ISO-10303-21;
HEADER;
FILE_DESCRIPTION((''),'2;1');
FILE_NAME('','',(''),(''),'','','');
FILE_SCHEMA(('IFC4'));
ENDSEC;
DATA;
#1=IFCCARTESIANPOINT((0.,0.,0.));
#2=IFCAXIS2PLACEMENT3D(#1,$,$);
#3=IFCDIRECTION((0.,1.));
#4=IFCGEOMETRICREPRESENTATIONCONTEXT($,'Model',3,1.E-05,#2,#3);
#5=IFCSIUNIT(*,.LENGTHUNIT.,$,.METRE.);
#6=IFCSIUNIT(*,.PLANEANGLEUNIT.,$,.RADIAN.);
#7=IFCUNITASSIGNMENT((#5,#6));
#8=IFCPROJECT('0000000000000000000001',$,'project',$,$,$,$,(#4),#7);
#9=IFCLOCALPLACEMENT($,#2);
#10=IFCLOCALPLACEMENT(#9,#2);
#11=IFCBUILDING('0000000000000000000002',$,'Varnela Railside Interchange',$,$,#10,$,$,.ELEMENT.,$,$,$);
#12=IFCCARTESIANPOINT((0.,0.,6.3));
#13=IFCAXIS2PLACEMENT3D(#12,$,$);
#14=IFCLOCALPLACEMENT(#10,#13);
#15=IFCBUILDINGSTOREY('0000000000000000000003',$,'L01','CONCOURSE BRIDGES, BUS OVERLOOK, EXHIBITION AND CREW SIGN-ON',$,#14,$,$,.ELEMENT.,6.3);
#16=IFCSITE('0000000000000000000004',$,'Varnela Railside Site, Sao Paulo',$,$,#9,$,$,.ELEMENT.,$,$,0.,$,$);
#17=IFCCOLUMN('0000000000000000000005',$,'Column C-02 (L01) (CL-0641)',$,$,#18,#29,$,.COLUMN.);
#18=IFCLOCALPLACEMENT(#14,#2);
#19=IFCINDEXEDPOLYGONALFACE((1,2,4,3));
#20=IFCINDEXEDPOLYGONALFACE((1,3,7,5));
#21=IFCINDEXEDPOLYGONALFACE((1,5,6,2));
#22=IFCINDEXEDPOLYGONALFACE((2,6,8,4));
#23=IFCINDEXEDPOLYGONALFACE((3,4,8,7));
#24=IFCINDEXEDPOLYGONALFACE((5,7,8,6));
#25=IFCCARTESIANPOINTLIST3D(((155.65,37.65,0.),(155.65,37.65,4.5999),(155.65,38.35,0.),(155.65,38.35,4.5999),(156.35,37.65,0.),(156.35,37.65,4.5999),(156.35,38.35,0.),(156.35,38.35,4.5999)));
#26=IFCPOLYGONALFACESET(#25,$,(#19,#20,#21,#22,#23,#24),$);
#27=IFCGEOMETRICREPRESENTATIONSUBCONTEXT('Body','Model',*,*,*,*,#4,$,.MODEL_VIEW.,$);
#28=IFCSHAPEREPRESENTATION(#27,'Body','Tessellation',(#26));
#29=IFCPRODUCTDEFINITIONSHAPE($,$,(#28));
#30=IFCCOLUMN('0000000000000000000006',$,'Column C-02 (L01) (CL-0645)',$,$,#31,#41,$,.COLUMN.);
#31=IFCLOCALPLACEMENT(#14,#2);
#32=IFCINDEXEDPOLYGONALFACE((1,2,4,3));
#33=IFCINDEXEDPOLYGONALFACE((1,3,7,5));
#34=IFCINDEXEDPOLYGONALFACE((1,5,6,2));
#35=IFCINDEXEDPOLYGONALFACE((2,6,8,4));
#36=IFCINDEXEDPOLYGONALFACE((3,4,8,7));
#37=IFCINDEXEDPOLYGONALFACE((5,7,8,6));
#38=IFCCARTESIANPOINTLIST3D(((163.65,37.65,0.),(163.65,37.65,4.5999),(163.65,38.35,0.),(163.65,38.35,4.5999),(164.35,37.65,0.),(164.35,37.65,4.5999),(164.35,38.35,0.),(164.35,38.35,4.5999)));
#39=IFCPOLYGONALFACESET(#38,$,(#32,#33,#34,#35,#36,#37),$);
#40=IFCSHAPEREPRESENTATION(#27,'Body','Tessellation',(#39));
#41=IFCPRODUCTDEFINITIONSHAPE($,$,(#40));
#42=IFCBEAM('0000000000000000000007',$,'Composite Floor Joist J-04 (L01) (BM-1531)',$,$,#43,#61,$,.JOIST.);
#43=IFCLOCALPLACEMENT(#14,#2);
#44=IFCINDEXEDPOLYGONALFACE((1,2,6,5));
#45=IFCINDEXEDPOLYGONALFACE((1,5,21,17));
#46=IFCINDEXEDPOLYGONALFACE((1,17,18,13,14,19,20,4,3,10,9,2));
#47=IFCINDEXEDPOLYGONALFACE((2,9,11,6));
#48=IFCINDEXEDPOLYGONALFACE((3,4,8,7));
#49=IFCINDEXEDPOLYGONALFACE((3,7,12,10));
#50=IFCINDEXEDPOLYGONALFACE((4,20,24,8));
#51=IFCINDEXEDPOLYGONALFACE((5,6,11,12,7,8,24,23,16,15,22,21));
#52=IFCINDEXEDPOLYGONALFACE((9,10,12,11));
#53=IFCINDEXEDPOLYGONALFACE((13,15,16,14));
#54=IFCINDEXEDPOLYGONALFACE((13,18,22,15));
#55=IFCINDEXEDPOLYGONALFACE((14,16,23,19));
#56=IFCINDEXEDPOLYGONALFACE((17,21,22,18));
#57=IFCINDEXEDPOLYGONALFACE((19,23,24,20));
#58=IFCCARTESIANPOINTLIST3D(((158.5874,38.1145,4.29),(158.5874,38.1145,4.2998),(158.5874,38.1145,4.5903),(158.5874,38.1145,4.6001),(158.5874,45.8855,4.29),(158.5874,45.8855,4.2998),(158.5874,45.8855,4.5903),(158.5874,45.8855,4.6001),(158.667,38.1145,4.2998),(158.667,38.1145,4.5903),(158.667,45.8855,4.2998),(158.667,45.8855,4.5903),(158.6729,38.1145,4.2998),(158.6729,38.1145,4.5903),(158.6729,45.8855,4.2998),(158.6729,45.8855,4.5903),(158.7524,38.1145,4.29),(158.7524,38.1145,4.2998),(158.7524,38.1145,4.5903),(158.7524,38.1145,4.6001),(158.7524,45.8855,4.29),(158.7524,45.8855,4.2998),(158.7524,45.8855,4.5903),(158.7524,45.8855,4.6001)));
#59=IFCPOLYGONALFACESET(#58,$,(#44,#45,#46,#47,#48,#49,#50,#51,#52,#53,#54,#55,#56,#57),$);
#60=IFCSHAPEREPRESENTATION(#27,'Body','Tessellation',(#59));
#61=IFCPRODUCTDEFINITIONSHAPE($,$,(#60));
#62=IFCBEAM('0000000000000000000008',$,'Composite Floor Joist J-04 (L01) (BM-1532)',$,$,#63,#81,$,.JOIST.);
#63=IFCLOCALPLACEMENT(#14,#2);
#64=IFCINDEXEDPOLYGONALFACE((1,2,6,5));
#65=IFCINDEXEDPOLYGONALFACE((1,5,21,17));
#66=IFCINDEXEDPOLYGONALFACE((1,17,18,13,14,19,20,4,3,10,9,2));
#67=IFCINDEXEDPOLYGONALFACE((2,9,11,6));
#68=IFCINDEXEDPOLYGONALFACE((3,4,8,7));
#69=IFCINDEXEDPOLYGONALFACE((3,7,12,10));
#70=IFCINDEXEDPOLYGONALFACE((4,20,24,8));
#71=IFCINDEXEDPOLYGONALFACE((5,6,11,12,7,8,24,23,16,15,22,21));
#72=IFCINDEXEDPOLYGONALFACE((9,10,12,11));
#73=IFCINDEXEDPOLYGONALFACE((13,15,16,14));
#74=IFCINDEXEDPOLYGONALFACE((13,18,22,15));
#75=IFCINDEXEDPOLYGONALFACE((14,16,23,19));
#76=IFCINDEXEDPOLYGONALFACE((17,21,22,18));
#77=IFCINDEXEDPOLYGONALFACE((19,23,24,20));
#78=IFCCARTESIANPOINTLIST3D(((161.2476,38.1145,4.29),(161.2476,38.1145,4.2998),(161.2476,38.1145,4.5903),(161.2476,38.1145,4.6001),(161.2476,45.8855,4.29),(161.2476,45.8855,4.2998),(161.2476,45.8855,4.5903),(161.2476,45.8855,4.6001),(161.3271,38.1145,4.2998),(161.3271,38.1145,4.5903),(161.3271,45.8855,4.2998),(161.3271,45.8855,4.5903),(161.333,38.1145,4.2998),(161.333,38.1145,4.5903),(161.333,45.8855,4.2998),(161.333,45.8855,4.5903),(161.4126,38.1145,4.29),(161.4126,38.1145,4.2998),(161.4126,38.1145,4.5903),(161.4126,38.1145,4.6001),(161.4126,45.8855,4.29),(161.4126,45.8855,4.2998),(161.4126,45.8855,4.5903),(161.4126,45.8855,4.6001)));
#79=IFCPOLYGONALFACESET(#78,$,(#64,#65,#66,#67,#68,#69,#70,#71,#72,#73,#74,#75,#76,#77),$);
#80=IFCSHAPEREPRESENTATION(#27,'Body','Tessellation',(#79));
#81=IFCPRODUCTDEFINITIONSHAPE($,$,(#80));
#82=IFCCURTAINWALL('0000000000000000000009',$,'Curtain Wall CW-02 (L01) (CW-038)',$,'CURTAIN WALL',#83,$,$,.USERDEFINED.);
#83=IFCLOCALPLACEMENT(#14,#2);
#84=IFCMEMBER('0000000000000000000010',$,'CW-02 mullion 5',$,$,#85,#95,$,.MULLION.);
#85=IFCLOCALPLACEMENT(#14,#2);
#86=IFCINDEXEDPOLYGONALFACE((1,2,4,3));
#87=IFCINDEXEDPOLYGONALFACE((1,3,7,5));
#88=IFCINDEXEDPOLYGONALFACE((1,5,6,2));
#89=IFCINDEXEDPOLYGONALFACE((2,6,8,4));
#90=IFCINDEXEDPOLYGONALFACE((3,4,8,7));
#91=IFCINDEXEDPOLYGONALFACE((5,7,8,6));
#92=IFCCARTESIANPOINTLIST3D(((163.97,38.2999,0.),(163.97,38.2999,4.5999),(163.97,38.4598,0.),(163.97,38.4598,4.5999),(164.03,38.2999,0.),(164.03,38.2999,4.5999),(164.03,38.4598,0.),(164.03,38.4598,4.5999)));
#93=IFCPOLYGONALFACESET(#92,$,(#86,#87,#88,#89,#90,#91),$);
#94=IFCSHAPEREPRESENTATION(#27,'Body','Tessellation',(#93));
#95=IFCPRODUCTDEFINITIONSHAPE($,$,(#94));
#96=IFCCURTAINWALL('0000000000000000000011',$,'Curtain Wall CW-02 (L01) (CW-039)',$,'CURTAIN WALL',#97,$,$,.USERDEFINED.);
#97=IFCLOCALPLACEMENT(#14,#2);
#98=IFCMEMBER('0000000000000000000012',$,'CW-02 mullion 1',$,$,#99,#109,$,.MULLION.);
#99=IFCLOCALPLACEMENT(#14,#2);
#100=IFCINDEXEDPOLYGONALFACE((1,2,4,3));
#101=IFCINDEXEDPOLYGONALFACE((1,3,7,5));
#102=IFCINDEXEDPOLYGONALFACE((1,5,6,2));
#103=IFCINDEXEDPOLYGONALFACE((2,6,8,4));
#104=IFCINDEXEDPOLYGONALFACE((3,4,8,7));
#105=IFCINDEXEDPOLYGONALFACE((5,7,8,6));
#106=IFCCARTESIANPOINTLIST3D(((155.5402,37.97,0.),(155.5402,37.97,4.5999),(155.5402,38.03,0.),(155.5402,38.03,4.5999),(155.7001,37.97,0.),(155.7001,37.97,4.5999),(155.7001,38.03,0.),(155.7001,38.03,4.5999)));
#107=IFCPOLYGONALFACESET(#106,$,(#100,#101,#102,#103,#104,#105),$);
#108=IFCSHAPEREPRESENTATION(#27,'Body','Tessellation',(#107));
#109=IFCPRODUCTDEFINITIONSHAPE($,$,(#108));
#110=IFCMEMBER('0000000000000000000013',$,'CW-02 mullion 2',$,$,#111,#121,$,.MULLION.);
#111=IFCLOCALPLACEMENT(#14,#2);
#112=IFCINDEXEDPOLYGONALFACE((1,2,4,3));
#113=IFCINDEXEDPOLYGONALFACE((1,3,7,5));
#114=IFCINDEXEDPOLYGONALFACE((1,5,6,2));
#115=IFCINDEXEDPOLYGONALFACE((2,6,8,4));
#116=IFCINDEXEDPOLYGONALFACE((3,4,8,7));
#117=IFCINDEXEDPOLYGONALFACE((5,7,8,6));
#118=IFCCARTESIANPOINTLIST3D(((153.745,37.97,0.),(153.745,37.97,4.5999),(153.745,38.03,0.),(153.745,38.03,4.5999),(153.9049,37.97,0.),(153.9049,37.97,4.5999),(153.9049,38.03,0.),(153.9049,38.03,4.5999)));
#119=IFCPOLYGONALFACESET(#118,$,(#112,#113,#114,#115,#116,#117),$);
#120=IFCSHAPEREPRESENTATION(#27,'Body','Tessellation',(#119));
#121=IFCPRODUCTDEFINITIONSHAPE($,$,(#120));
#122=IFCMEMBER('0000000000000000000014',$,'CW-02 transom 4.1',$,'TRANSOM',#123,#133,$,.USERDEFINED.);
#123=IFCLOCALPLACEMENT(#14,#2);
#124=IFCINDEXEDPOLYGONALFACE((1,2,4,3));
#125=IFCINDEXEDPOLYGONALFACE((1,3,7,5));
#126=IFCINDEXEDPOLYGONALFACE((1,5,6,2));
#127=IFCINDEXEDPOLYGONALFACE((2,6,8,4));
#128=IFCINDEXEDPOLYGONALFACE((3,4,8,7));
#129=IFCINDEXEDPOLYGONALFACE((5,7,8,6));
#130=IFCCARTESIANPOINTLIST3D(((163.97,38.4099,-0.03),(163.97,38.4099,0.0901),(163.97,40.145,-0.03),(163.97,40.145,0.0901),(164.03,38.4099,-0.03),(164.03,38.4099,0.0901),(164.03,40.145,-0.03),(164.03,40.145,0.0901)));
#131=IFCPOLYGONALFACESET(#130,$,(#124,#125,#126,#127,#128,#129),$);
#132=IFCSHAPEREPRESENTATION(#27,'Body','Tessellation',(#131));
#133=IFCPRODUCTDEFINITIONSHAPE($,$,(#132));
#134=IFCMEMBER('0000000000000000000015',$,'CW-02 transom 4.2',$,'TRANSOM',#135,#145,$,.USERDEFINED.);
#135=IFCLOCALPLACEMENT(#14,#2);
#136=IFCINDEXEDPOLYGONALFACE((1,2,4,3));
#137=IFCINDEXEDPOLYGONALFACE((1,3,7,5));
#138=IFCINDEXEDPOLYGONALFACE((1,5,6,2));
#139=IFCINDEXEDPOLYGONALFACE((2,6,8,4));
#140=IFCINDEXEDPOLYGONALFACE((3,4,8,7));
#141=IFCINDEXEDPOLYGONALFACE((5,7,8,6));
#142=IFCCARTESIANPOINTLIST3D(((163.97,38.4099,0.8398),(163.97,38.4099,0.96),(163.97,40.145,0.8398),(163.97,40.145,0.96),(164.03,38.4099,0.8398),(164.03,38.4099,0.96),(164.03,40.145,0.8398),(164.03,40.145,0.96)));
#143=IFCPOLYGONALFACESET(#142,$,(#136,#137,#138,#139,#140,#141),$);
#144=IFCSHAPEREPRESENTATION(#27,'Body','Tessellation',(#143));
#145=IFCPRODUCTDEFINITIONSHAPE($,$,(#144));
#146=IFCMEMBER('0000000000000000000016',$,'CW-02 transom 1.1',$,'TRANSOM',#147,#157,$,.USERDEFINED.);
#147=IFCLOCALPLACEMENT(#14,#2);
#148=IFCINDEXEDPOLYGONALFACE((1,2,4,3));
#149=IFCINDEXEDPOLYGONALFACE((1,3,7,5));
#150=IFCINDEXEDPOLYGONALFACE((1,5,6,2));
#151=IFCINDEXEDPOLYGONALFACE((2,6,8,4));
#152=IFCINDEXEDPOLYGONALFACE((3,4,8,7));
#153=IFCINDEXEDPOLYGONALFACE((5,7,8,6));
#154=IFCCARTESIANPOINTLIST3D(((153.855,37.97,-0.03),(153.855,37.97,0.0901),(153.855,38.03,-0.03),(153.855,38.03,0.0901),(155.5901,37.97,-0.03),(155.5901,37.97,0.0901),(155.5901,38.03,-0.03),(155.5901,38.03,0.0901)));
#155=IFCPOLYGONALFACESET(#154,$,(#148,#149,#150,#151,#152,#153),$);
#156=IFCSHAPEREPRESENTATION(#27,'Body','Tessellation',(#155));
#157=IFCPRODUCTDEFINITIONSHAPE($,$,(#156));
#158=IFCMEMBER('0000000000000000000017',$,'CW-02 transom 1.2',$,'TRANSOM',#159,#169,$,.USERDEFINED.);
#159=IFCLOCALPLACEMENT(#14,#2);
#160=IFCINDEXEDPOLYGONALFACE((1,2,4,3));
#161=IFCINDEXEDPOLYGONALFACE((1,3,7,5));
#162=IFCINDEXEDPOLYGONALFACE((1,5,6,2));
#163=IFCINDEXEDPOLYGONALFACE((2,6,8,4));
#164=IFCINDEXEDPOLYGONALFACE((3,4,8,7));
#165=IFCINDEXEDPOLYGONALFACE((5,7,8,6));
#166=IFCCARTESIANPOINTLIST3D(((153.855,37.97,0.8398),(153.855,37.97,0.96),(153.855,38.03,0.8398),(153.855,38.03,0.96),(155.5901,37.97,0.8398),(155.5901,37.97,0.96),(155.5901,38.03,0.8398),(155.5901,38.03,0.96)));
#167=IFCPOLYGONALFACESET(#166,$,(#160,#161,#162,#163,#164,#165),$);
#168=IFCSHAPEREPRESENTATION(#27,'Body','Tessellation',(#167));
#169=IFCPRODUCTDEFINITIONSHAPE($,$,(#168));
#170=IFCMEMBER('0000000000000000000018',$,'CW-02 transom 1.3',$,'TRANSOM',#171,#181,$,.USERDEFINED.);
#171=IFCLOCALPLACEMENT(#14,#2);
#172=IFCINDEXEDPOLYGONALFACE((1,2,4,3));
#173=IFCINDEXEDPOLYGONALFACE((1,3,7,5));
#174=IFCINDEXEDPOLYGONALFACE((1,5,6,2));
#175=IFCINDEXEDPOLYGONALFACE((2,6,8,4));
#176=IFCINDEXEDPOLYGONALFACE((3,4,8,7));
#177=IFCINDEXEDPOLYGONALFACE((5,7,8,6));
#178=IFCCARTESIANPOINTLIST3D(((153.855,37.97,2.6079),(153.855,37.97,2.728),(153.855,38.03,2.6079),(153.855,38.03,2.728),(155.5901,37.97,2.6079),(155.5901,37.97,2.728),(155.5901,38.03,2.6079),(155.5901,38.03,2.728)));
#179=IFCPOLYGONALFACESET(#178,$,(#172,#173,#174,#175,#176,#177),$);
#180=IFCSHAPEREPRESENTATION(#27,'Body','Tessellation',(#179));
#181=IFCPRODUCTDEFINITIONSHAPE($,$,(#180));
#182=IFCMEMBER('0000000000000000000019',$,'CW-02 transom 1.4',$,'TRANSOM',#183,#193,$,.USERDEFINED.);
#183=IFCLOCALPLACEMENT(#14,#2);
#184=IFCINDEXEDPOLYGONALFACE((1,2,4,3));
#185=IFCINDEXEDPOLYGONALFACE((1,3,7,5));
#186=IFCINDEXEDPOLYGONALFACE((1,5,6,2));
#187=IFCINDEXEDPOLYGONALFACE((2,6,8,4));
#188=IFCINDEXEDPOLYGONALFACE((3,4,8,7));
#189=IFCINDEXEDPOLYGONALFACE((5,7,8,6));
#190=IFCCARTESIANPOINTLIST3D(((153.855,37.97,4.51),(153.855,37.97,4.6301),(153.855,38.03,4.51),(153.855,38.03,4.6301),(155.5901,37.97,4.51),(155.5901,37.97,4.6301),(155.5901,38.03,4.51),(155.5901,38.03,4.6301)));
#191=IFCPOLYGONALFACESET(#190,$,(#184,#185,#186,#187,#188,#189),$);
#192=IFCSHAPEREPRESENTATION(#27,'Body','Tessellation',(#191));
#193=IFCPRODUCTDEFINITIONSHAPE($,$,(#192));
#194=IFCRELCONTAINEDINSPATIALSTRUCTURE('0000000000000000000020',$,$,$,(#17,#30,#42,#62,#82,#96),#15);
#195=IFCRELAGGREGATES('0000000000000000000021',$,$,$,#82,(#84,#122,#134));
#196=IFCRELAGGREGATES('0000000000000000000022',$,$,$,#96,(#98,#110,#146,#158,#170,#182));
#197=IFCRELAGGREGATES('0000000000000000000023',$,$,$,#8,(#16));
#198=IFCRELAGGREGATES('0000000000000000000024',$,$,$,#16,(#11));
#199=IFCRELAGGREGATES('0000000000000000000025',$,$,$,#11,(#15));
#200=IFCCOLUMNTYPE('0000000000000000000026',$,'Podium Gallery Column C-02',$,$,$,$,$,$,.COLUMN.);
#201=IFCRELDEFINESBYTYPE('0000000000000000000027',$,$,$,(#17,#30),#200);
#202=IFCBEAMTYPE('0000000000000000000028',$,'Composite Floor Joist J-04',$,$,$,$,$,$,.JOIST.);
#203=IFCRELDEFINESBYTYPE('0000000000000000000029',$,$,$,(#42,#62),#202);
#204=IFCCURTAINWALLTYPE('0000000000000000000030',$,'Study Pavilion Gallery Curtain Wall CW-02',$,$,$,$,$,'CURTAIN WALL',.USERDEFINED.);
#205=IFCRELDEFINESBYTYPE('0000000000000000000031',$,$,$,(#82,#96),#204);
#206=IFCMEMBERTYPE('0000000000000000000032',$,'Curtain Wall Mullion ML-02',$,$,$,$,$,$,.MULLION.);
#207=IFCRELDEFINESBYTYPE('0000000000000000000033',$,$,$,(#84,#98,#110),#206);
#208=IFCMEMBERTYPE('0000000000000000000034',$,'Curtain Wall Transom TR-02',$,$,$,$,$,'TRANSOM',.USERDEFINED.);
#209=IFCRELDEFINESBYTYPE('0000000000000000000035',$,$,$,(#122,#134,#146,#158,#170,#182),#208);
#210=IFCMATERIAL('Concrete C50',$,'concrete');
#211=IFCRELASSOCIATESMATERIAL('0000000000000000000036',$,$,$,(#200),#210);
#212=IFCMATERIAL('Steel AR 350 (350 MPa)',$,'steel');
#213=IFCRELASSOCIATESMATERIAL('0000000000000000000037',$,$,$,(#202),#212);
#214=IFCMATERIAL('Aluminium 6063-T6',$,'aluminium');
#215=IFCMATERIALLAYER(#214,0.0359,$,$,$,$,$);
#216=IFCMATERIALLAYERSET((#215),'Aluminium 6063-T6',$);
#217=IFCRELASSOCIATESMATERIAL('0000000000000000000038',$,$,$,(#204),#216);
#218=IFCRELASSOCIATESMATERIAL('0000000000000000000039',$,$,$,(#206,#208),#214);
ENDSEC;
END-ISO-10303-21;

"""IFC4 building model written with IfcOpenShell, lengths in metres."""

from ifc_helpers import new_model, si_unit, direction, frame, origin, origin_2d, place, context, subcontext, project, spatial, rectangle, i_section, extrude, material, layer, layer_set, material_profile, profile_set, type_object, element, aggregate, save


model = new_model("IFC4")

# Units and contexts
model_context = context("Model", 3, precision=1e-05, world=origin(), true_north=direction((0.0, 1.0)))
body_context = subcontext(model_context, "Body", "Model", "MODEL_VIEW")
ifc_project = project(units=[si_unit("LENGTHUNIT", "METRE"), si_unit("PLANEANGLEUNIT", "RADIAN")], contexts=[model_context])

# Site, building, storey
site_placement = place(None, origin())
site = spatial("IfcSite", under=ifc_project, at=site_placement, Name="Varnela Railside Site, Sao Paulo", CompositionType="ELEMENT", RefElevation=0.0)
building_placement = place(site_placement, origin())
building = spatial("IfcBuilding", under=site, at=building_placement, Name="Varnela Railside Interchange", CompositionType="ELEMENT")
storey_placement = place(building_placement, frame((0.0, 0.0, 6.3)))
storey = spatial("IfcBuildingStorey", under=building, at=storey_placement, Name="L01", Description="CONCOURSE BRIDGES, BUS OVERLOOK, EXHIBITION AND CREW SIGN-ON", CompositionType="ELEMENT", Elevation=6.3)

# Columns
ifc_material_1 = material(Name="Concrete C50", Category="concrete")
ifc_material_profile_1 = material_profile(ifc_material_1, rectangle(XDim=0.7, YDim=0.7, at=origin_2d()), Name="RC 700x700")
ifc_profile_set_1 = profile_set([ifc_material_profile_1], Name="Concrete C50")
column_type = type_object("IfcColumnType", Name="Podium Gallery Column C-02", PredefinedType="COLUMN", material=ifc_profile_set_1)
for number, where, z_axis, x_axis, name in (
    (1, (156.0, 38.0, 0.0), (0.0, 0.0, 1.0), (1.0, 0.0, 0.0), "Column C-02 (L01) (CL-0641)"),
    (2, (164.0, 38.0, 0.0), (0.0, 0.0, 1.0), (1.0, 0.0, 0.0), "Column C-02 (L01) (CL-0645)"),
):
    element("IfcColumn", number, at=place(storey_placement, frame(where, z_axis=z_axis, x_axis=x_axis)), inside=storey, type_object=column_type, Name=name, PredefinedType="COLUMN", context=body_context, shape_type="SweptSolid", body=[
        extrude(rectangle(XDim=0.7, YDim=0.7, at=origin_2d()), origin(), (0.0, 0.0, 1.0), 4.5999),
    ])

# Beams
ifc_material_2 = material(Name="Steel AR 350 (350 MPa)", Category="steel")
ifc_material_profile_2 = material_profile(ifc_material_2, i_section(OverallWidth=0.165, OverallDepth=0.3101, WebThickness=0.0059, FlangeThickness=0.0098, at=origin_2d()), Name="W310x38.7")
ifc_profile_set_2 = profile_set([ifc_material_profile_2], Name="Steel AR 350 (350 MPa)")
beam_type_1 = type_object("IfcBeamType", Name="Composite Floor Joist J-04", PredefinedType="JOIST", material=ifc_profile_set_2)
for number, where, z_axis, x_axis, name in (
    (3, (158.6699, 38.1145, 4.4451), (0.0, 1.0, 0.0), (-1.0, 0.0, 0.0), "Composite Floor Joist J-04 (L01) (BM-1531)"),
    (4, (161.3301, 38.1145, 4.4451), (0.0, 1.0, 0.0), (-1.0, 0.0, 0.0), "Composite Floor Joist J-04 (L01) (BM-1532)"),
):
    element("IfcBeam", number, at=place(storey_placement, frame(where, z_axis=z_axis, x_axis=x_axis)), inside=storey, type_object=beam_type_1, Name=name, PredefinedType="JOIST", context=body_context, shape_type="SweptSolid", body=[
        extrude(i_section(OverallWidth=0.165, OverallDepth=0.3101, WebThickness=0.0059, FlangeThickness=0.0098, at=origin_2d()), origin(), (0.0, 0.0, 1.0), 7.771),
    ])

# Curtain wall, member
ifc_material_3 = material(Name="Aluminium 6063-T6", Category="aluminium")
ifc_layer_1 = layer(ifc_material_3, 0.0359)
ifc_layer_set_1 = layer_set([ifc_layer_1], Name="Aluminium 6063-T6")
curtain_wall_type = type_object("IfcCurtainWallType", Name="Study Pavilion Gallery Curtain Wall CW-02", ElementType="CURTAIN WALL", PredefinedType="USERDEFINED", material=ifc_layer_set_1)
curtain_wall_1_placement = place(storey_placement, origin())
curtain_wall_1 = element("IfcCurtainWall", 5, at=curtain_wall_1_placement, inside=storey, type_object=curtain_wall_type, Name="Curtain Wall CW-02 (L01) (CW-038)", ObjectType="CURTAIN WALL", PredefinedType="USERDEFINED")
ifc_material_profile_3 = material_profile(ifc_material_3, rectangle(XDim=0.0601, YDim=0.1599, at=origin_2d()), Name="ALU 60x160")
ifc_profile_set_3 = profile_set([ifc_material_profile_3], Name="Aluminium 6063-T6")
member_type_1 = type_object("IfcMemberType", Name="Curtain Wall Mullion ML-02", PredefinedType="MULLION", material=ifc_profile_set_3)
member_1_placement = place(storey_placement, frame((164.0, 38.3799, 0.0), z_axis=(0.0, 0.0, 1.0), x_axis=(1.0, 0.0, 0.0)))
member_1 = element("IfcMember", 6, at=member_1_placement, type_object=member_type_1, Name="CW-02 mullion 5", PredefinedType="MULLION", context=body_context, shape_type="SweptSolid", body=[
    extrude(rectangle(XDim=0.0601, YDim=0.1599, at=origin_2d()), origin(), (0.0, 0.0, 1.0), 4.5999),
])

# Curtain wall, members
curtain_wall_2_placement = place(storey_placement, origin())
curtain_wall_2 = element("IfcCurtainWall", 7, at=curtain_wall_2_placement, inside=storey, type_object=curtain_wall_type, Name="Curtain Wall CW-02 (L01) (CW-039)", ObjectType="CURTAIN WALL", PredefinedType="USERDEFINED")
member_2_placement = place(storey_placement, frame((155.6201, 38.0, 0.0), z_axis=(0.0, 0.0, 1.0), x_axis=(0.0, -1.0, 0.0)))
member_2 = element("IfcMember", 8, at=member_2_placement, type_object=member_type_1, Name="CW-02 mullion 1", PredefinedType="MULLION", context=body_context, shape_type="SweptSolid", body=[
    extrude(rectangle(XDim=0.0601, YDim=0.1599, at=origin_2d()), origin(), (0.0, 0.0, 1.0), 4.5999),
])
member_3_placement = place(storey_placement, frame((153.825, 38.0, 0.0), z_axis=(0.0, 0.0, 1.0), x_axis=(0.0, -1.0, 0.0)))
member_3 = element("IfcMember", 9, at=member_3_placement, type_object=member_type_1, Name="CW-02 mullion 2", PredefinedType="MULLION", context=body_context, shape_type="SweptSolid", body=[
    extrude(rectangle(XDim=0.0601, YDim=0.1599, at=origin_2d()), origin(), (0.0, 0.0, 1.0), 4.5999),
])

# Members
ifc_material_profile_4 = material_profile(ifc_material_3, rectangle(XDim=0.0601, YDim=0.1201, at=origin_2d()), Name="ALU 60x120")
ifc_profile_set_4 = profile_set([ifc_material_profile_4], Name="Aluminium 6063-T6")
member_type_2 = type_object("IfcMemberType", Name="Curtain Wall Transom TR-02", ElementType="TRANSOM", PredefinedType="USERDEFINED", material=ifc_profile_set_4)
member_4_placement = place(storey_placement, frame((164.0, 40.145, 0.03), z_axis=(0.0, -1.0, 0.0), x_axis=(1.0, 0.0, 0.0)))
member_4 = element("IfcMember", 10, at=member_4_placement, type_object=member_type_2, Name="CW-02 transom 4.1", ObjectType="TRANSOM", PredefinedType="USERDEFINED", context=body_context, shape_type="SweptSolid", body=[
    extrude(rectangle(XDim=0.0601, YDim=0.1201, at=origin_2d()), origin(), (0.0, 0.0, 1.0), 1.7351),
])
member_5_placement = place(storey_placement, frame((164.0, 40.145, 0.8999), z_axis=(0.0, -1.0, 0.0), x_axis=(1.0, 0.0, 0.0)))
member_5 = element("IfcMember", 11, at=member_5_placement, type_object=member_type_2, Name="CW-02 transom 4.2", ObjectType="TRANSOM", PredefinedType="USERDEFINED", context=body_context, shape_type="SweptSolid", body=[
    extrude(rectangle(XDim=0.0601, YDim=0.1201, at=origin_2d()), origin(), (0.0, 0.0, 1.0), 1.7351),
])
member_6_placement = place(storey_placement, frame((155.5901, 38.0, 0.03), z_axis=(-1.0, 0.0, 0.0), x_axis=(0.0, -1.0, 0.0)))
member_6 = element("IfcMember", 12, at=member_6_placement, type_object=member_type_2, Name="CW-02 transom 1.1", ObjectType="TRANSOM", PredefinedType="USERDEFINED", context=body_context, shape_type="SweptSolid", body=[
    extrude(rectangle(XDim=0.0601, YDim=0.1201, at=origin_2d()), origin(), (0.0, 0.0, 1.0), 1.7351),
])
member_7_placement = place(storey_placement, frame((155.5901, 38.0, 0.8999), z_axis=(-1.0, 0.0, 0.0), x_axis=(0.0, -1.0, 0.0)))
member_7 = element("IfcMember", 13, at=member_7_placement, type_object=member_type_2, Name="CW-02 transom 1.2", ObjectType="TRANSOM", PredefinedType="USERDEFINED", context=body_context, shape_type="SweptSolid", body=[
    extrude(rectangle(XDim=0.0601, YDim=0.1201, at=origin_2d()), origin(), (0.0, 0.0, 1.0), 1.7351),
])
member_8_placement = place(storey_placement, frame((155.5901, 38.0, 2.668), z_axis=(-1.0, 0.0, 0.0), x_axis=(0.0, -1.0, 0.0)))
member_8 = element("IfcMember", 14, at=member_8_placement, type_object=member_type_2, Name="CW-02 transom 1.3", ObjectType="TRANSOM", PredefinedType="USERDEFINED", context=body_context, shape_type="SweptSolid", body=[
    extrude(rectangle(XDim=0.0601, YDim=0.1201, at=origin_2d()), origin(), (0.0, 0.0, 1.0), 1.7351),
])
member_9_placement = place(storey_placement, frame((155.5901, 38.0, 4.5701), z_axis=(-1.0, 0.0, 0.0), x_axis=(0.0, -1.0, 0.0)))
member_9 = element("IfcMember", 15, at=member_9_placement, type_object=member_type_2, Name="CW-02 transom 1.4", ObjectType="TRANSOM", PredefinedType="USERDEFINED", context=body_context, shape_type="SweptSolid", body=[
    extrude(rectangle(XDim=0.0601, YDim=0.1201, at=origin_2d()), origin(), (0.0, 0.0, 1.0), 1.7351),
])

aggregate(curtain_wall_1, [member_1, member_4, member_5])
aggregate(curtain_wall_2, [member_2, member_3, member_6, member_7, member_8, member_9])

save(model, "model.ifc")
